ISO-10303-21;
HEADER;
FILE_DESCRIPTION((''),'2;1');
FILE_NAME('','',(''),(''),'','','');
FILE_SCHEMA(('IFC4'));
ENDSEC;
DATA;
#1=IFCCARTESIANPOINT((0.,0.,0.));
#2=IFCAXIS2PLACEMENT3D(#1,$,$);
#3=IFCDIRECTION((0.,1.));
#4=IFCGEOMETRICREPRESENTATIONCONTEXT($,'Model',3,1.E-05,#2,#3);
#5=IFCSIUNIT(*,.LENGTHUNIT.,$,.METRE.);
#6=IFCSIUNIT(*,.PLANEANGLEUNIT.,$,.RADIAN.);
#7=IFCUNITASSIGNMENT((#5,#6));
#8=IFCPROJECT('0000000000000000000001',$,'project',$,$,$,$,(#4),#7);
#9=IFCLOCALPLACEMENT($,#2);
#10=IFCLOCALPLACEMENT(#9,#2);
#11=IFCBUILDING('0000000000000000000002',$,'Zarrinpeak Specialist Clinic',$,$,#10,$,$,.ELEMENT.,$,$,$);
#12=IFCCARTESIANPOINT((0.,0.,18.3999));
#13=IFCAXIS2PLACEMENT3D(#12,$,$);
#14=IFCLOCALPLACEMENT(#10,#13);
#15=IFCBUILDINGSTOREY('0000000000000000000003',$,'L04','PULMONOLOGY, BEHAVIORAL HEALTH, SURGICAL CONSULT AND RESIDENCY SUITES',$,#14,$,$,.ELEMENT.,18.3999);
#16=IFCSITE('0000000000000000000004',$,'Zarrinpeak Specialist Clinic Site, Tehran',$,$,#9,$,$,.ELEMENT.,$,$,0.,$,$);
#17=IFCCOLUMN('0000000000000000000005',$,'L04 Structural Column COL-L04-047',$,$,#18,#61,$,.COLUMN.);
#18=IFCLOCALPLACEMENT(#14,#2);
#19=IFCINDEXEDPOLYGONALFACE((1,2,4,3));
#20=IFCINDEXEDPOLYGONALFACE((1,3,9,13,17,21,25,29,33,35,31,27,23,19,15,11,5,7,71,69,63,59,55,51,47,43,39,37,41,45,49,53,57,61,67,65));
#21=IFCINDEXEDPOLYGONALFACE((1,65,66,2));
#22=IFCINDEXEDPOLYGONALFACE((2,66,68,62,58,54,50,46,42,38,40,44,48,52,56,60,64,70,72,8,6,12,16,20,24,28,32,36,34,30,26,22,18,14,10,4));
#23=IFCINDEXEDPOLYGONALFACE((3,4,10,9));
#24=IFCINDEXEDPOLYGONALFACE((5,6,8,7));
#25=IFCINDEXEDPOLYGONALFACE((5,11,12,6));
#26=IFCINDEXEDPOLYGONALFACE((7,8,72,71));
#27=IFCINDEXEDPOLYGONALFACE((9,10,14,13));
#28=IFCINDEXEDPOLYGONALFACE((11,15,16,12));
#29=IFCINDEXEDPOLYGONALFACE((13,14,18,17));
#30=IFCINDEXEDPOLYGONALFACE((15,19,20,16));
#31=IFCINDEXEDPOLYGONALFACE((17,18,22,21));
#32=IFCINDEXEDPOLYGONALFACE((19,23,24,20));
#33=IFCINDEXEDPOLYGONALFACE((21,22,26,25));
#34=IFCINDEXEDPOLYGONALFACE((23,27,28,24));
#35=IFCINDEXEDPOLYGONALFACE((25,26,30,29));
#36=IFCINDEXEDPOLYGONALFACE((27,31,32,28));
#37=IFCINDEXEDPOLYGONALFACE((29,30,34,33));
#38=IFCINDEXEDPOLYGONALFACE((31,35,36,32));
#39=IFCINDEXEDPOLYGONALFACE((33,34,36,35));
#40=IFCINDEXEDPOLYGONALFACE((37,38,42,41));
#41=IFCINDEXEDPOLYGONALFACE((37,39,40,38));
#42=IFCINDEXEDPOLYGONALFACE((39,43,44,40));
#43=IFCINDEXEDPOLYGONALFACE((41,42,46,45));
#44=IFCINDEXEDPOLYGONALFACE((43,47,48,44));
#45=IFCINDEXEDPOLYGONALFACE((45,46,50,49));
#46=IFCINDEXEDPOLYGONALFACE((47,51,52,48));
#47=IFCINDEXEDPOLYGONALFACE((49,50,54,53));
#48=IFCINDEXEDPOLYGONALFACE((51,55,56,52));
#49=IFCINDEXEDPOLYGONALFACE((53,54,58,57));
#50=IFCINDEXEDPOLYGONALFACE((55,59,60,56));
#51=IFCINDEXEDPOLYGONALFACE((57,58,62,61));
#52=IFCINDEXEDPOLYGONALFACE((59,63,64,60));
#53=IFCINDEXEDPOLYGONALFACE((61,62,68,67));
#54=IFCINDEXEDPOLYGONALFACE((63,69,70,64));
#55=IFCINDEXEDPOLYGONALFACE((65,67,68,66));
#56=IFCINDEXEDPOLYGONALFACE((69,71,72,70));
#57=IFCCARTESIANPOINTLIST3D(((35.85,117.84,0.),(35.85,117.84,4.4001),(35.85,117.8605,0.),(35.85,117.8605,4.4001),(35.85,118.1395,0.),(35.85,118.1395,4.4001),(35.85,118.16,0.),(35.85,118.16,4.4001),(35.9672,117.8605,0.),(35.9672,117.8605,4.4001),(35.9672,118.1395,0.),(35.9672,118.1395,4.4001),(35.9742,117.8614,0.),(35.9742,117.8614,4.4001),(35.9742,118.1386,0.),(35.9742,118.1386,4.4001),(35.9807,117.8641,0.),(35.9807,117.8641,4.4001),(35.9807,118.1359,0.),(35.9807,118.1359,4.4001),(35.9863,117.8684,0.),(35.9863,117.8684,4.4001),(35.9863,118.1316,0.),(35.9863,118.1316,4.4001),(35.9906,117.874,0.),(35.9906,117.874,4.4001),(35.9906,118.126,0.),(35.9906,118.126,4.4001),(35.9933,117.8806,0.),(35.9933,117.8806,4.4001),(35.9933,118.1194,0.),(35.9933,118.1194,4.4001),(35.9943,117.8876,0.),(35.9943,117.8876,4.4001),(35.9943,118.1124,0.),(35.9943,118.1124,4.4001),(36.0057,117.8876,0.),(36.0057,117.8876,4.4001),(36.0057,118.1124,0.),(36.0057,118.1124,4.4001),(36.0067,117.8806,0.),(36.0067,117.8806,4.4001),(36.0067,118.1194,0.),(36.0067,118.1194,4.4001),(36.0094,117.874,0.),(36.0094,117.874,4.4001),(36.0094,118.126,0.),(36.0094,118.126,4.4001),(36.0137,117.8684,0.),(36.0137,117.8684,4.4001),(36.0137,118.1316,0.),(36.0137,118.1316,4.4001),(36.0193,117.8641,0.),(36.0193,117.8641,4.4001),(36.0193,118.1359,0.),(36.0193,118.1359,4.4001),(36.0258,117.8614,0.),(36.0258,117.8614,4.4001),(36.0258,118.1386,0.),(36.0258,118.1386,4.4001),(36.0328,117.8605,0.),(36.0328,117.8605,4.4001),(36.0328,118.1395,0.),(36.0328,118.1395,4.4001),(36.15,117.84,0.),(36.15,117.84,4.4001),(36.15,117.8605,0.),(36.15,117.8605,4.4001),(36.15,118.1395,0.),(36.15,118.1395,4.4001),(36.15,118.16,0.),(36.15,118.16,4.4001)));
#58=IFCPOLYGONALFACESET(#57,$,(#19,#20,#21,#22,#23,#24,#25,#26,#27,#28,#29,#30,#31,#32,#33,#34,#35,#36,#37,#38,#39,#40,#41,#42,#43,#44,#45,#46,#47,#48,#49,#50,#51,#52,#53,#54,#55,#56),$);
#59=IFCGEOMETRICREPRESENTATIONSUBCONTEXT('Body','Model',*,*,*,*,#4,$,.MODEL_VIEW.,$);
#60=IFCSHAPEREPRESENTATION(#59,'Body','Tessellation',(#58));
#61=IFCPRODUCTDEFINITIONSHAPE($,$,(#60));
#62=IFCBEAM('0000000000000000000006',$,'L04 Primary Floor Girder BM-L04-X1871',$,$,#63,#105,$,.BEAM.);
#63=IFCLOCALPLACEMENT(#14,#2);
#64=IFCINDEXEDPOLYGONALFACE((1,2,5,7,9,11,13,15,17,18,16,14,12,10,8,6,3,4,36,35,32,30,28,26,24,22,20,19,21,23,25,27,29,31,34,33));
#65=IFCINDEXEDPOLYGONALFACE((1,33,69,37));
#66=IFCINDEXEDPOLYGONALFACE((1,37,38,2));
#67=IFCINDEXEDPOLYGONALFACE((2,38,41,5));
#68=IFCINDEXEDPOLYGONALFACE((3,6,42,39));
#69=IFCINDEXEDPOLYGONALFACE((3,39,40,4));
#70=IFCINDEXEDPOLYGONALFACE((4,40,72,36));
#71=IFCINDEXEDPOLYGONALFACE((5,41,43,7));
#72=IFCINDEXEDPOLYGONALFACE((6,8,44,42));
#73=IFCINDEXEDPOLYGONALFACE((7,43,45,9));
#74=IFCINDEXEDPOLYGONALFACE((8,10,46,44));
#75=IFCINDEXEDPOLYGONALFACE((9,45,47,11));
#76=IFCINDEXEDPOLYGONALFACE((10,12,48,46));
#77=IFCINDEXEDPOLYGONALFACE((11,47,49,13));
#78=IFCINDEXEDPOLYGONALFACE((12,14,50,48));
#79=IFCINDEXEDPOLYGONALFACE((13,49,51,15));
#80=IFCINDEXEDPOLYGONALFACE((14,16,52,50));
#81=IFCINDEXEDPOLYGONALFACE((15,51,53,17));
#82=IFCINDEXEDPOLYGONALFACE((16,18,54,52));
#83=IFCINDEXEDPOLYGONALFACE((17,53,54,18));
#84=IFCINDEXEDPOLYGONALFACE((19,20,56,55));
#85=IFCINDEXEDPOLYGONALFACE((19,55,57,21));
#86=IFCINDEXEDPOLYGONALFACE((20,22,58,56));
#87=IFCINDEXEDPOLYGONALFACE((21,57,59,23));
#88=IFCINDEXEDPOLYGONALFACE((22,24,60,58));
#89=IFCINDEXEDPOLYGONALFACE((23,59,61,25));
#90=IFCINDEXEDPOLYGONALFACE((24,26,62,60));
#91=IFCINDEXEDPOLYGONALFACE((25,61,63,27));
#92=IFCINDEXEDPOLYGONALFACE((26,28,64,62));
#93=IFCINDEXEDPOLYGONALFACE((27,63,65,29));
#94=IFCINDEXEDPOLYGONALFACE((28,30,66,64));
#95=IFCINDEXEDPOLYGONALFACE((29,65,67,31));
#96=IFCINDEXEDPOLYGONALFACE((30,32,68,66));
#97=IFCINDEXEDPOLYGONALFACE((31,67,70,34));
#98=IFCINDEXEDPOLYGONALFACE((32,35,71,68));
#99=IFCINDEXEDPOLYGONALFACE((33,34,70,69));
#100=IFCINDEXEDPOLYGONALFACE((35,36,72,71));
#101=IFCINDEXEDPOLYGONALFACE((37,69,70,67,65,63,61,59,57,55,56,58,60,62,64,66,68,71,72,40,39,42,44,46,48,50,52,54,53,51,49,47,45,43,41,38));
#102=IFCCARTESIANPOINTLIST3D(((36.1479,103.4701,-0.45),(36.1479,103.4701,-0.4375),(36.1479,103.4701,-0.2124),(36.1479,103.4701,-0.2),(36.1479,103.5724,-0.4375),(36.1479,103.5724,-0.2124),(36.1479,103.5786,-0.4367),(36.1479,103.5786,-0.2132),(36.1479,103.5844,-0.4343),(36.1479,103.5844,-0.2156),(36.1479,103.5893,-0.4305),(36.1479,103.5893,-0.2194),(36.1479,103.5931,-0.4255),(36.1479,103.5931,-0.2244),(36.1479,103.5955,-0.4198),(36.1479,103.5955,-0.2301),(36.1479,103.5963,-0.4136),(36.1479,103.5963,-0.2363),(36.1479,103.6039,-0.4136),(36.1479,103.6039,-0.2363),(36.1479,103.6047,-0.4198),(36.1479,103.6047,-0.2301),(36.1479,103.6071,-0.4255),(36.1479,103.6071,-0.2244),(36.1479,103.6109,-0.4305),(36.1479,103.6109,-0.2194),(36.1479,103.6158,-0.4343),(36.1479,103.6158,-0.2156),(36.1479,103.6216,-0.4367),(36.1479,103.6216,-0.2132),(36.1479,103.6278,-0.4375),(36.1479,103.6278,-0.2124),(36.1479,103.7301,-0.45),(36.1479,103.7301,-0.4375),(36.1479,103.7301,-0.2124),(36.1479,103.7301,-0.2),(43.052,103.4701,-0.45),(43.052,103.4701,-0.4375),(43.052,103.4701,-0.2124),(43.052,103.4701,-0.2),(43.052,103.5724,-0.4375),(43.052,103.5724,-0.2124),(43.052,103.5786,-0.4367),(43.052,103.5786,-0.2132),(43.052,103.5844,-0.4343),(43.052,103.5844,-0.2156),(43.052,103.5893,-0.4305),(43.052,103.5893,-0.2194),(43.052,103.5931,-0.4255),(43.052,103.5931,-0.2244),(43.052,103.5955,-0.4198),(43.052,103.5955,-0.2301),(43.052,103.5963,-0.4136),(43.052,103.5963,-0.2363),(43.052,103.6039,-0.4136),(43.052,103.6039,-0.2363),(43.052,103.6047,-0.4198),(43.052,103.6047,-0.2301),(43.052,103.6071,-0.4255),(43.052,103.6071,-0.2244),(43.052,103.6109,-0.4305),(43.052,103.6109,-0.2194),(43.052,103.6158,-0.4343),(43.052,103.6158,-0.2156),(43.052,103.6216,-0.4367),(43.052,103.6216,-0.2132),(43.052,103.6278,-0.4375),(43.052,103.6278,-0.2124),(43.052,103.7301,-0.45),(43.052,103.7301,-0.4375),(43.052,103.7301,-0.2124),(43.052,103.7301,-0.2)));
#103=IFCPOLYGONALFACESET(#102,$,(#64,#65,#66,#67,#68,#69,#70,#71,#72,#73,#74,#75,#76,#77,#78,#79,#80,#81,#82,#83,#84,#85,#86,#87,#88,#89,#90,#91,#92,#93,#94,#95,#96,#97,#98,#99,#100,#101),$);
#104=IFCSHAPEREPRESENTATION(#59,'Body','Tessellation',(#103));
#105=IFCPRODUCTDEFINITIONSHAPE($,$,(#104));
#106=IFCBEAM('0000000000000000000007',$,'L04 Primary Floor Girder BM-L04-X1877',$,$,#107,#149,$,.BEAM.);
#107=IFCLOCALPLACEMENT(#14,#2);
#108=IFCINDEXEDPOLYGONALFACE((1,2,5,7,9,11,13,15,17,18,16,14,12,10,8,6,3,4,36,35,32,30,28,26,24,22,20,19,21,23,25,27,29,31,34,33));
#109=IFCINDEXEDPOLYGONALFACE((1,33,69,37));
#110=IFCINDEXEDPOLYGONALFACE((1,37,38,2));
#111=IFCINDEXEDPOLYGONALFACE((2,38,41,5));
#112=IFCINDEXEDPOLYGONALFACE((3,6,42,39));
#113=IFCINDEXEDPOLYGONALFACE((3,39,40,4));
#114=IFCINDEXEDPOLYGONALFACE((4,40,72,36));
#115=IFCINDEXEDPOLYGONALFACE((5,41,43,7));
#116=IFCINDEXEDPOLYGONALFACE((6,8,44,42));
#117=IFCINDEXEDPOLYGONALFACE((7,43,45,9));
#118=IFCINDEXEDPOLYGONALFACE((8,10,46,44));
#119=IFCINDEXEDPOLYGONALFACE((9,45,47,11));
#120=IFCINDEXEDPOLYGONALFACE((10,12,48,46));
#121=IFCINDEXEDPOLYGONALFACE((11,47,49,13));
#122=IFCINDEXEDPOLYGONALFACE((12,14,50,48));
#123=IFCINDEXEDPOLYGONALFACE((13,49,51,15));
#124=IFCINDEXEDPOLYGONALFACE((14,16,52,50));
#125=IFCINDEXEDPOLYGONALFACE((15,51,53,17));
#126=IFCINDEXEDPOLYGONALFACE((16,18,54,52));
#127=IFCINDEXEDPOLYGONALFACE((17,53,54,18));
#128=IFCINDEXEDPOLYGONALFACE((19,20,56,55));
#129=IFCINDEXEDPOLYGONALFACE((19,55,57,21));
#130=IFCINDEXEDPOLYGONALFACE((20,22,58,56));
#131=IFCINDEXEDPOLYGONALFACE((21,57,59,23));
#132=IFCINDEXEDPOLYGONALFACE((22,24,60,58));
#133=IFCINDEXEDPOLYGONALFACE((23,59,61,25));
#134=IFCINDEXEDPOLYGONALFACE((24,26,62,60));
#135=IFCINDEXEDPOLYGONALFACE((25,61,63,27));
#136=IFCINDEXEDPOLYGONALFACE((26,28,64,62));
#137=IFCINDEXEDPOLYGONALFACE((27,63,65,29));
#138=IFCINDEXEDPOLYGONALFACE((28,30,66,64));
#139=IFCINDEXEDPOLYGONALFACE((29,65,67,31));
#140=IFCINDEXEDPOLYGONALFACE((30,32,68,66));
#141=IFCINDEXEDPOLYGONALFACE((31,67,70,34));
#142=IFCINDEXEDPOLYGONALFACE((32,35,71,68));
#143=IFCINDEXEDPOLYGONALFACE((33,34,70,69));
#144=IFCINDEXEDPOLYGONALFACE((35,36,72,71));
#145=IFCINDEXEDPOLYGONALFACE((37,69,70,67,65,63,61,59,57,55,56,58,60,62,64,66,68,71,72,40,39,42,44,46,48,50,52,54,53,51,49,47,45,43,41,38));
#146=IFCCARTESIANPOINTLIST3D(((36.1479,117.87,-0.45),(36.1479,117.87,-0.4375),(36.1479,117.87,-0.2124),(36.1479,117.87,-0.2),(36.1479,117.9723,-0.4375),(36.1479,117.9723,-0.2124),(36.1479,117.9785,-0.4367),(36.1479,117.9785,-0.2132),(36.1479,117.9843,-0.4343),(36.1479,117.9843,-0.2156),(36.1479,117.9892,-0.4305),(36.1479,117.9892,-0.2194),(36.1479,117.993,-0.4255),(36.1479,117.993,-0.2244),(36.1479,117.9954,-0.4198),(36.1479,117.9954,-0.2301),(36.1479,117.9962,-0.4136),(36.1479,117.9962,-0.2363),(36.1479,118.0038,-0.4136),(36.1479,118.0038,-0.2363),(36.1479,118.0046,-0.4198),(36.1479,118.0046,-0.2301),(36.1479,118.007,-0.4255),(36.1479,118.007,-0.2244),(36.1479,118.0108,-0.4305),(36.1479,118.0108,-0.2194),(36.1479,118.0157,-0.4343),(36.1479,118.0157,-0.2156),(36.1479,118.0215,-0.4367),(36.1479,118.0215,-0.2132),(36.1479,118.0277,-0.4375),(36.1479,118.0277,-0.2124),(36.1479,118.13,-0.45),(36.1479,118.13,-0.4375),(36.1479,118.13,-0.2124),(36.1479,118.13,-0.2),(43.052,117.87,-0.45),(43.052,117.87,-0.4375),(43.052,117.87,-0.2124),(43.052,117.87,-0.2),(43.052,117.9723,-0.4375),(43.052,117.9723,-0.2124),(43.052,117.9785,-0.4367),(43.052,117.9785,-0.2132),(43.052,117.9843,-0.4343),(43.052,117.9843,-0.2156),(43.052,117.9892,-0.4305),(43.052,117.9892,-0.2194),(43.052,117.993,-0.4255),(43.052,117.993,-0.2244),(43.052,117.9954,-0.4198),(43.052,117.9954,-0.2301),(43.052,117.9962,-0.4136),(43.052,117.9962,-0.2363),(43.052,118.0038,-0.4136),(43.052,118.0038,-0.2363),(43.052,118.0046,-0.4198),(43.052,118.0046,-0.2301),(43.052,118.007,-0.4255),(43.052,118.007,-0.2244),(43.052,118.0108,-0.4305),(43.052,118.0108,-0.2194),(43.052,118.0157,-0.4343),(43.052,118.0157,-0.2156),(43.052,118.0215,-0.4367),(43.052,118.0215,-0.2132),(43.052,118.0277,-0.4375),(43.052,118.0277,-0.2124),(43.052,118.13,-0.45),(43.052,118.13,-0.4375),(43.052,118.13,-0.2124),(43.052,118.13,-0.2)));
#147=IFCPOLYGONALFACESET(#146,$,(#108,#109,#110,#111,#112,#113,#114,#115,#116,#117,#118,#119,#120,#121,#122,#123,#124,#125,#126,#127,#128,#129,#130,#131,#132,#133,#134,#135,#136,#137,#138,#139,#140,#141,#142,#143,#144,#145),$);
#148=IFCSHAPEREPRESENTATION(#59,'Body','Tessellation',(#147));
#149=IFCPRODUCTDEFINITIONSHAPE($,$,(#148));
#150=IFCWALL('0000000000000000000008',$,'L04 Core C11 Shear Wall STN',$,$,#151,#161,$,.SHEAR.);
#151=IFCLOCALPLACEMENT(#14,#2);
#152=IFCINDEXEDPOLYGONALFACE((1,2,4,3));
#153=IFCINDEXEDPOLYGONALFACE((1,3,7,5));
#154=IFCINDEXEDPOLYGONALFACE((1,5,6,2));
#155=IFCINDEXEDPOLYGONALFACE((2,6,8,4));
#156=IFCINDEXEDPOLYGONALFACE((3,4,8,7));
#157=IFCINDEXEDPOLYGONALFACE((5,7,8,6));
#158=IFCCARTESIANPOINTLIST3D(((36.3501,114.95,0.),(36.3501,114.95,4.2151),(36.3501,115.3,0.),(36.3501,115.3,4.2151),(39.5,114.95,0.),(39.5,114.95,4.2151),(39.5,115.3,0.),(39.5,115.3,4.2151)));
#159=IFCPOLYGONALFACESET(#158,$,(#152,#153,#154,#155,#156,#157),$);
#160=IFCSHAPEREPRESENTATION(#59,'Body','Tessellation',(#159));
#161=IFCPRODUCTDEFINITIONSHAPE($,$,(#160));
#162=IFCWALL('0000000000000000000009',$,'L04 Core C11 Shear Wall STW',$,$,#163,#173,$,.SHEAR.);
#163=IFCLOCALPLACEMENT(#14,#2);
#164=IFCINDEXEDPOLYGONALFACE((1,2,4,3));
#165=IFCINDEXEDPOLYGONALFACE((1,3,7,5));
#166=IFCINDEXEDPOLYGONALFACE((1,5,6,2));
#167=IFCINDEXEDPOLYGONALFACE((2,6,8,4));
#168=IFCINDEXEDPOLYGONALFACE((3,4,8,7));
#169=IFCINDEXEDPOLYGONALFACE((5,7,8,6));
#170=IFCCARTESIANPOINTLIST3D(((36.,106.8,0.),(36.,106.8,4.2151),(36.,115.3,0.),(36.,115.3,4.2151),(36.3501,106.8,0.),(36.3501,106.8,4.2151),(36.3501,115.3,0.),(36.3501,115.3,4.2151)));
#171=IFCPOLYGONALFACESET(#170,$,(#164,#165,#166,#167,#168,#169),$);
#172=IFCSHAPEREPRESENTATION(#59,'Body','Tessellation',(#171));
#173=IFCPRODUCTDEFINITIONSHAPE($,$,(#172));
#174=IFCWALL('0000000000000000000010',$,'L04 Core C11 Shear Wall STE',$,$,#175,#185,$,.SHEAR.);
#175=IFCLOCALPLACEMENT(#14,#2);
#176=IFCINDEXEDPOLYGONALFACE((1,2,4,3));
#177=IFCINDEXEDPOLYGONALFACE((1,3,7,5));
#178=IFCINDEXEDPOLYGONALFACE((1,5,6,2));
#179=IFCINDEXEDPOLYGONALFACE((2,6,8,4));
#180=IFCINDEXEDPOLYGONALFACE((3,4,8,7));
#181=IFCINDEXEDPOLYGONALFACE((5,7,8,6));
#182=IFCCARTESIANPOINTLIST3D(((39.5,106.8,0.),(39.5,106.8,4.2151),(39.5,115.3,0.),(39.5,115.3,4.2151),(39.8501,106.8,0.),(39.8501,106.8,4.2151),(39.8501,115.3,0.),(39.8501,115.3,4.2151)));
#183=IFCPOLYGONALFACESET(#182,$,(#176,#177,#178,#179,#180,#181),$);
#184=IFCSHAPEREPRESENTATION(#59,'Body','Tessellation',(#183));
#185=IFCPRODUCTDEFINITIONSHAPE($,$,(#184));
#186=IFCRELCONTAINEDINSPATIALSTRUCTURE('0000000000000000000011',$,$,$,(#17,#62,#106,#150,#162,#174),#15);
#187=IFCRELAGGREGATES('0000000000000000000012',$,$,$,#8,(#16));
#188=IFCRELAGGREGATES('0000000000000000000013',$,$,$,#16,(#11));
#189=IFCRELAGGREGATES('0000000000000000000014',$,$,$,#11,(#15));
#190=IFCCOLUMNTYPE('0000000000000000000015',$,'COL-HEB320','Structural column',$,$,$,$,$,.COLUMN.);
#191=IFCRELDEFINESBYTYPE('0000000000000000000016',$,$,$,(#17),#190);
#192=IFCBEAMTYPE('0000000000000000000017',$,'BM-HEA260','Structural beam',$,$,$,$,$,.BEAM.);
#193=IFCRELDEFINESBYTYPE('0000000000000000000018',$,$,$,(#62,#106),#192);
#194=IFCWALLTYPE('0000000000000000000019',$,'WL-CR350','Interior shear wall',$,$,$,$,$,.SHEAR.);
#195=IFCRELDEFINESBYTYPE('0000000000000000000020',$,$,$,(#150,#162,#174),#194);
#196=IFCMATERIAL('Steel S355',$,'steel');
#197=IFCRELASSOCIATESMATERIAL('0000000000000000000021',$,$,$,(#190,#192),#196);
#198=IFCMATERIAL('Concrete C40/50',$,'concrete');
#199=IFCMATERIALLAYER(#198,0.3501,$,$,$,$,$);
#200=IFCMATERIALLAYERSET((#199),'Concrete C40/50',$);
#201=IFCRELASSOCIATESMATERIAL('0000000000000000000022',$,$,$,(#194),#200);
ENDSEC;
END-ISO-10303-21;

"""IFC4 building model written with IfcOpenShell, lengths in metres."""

from ifc_helpers import new_model, si_unit, direction, frame, frame_2d, origin, origin_2d, place, context, subcontext, project, spatial, rectangle, i_section, extrude, material, layer, layer_set, material_profile, profile_set, type_object, element, save


model = new_model("IFC4")

# Units and contexts
model_context = context("Model", 3, precision=1e-05, world=origin(), true_north=direction((0.0, 1.0)))
body_context = subcontext(model_context, "Body", "Model", "MODEL_VIEW")
ifc_project = project(units=[si_unit("LENGTHUNIT", "METRE"), si_unit("PLANEANGLEUNIT", "RADIAN")], contexts=[model_context])

# Site, building, storey
site_placement = place(None, origin())
site = spatial("IfcSite", under=ifc_project, at=site_placement, Name="Zarrinpeak Specialist Clinic Site, Tehran", CompositionType="ELEMENT", RefElevation=0.0)
building_placement = place(site_placement, origin())
building = spatial("IfcBuilding", under=site, at=building_placement, Name="Zarrinpeak Specialist Clinic", CompositionType="ELEMENT")
storey_placement = place(building_placement, frame((0.0, 0.0, 18.3999)))
storey = spatial("IfcBuildingStorey", under=building, at=storey_placement, Name="L04", Description="PULMONOLOGY, BEHAVIORAL HEALTH, SURGICAL CONSULT AND RESIDENCY SUITES", CompositionType="ELEMENT", Elevation=18.3999)

# Column
ifc_material_1 = material(Name="Steel S355", Category="steel")
ifc_material_profile_1 = material_profile(ifc_material_1, i_section(OverallWidth=0.3, OverallDepth=0.3201, WebThickness=0.0115, FlangeThickness=0.0205, FilletRadius=0.0271, at=origin_2d()), Name="HEB 320")
ifc_profile_set_1 = profile_set([ifc_material_profile_1], Name="Steel S355")
column_type = type_object("IfcColumnType", Name="COL-HEB320", Description="Structural column", PredefinedType="COLUMN", material=ifc_profile_set_1)
column_placement = place(storey_placement, frame((36.0, 118.0, 0.0), z_axis=(0.0, 0.0, 1.0), x_axis=(1.0, 0.0, 0.0)))
element("IfcColumn", 1, at=column_placement, inside=storey, type_object=column_type, Name="L04 Structural Column COL-L04-047", PredefinedType="COLUMN", context=body_context, shape_type="SweptSolid", body=[
    extrude(i_section(OverallWidth=0.3, OverallDepth=0.3201, WebThickness=0.0115, FlangeThickness=0.0205, FilletRadius=0.0271, at=origin_2d()), origin(), (0.0, 0.0, 1.0), 4.4001),
])

# Beams
ifc_material_profile_2 = material_profile(ifc_material_1, i_section(OverallWidth=0.26, OverallDepth=0.25, WebThickness=0.0076, FlangeThickness=0.0125, FilletRadius=0.0239, at=origin_2d()), Name="HEA 260")
ifc_profile_set_2 = profile_set([ifc_material_profile_2], Name="Steel S355")
beam_type = type_object("IfcBeamType", Name="BM-HEA260", Description="Structural beam", PredefinedType="BEAM", material=ifc_profile_set_2)
for number, where, z_axis, x_axis, name in (
    (2, (36.1479, 103.6001, -0.325), (1.0, 0.0, 0.0), (0.0, 1.0, 0.0), "L04 Primary Floor Girder BM-L04-X1871"),
    (3, (36.1479, 118.0, -0.325), (1.0, 0.0, 0.0), (0.0, 1.0, 0.0), "L04 Primary Floor Girder BM-L04-X1877"),
):
    element("IfcBeam", number, at=place(storey_placement, frame(where, z_axis=z_axis, x_axis=x_axis)), inside=storey, type_object=beam_type, Name=name, PredefinedType="BEAM", context=body_context, shape_type="SweptSolid", body=[
        extrude(i_section(OverallWidth=0.26, OverallDepth=0.25, WebThickness=0.0076, FlangeThickness=0.0125, FilletRadius=0.0239, at=origin_2d()), origin(), (0.0, 0.0, 1.0), 6.9041),
    ])

# Shared definitions
ifc_material_2 = material(Name="Concrete C40/50", Category="concrete")
ifc_layer_1 = layer(ifc_material_2, 0.3501)
ifc_layer_set_1 = layer_set([ifc_layer_1], Name="Concrete C40/50")
wall_type_1 = type_object("IfcWallType", Name="WL-CR350", Description="Interior shear wall", PredefinedType="SHEAR", material=ifc_layer_set_1)

# Walls
wall_1_placement = place(storey_placement, frame((36.3501, 115.125, 0.0), z_axis=(0.0, 0.0, 1.0), x_axis=(1.0, 0.0, 0.0)))
element("IfcWall", 4, at=wall_1_placement, inside=storey, type_object=wall_type_1, Name="L04 Core C11 Shear Wall STN", PredefinedType="SHEAR", context=body_context, shape_type="SweptSolid", body=[
    extrude(rectangle(XDim=3.1499, YDim=0.3501, at=frame_2d((1.575, 0.0))), origin(), (0.0, 0.0, 1.0), 4.2151),
])
for number, where, z_axis, x_axis, name in (
    (5, (36.175, 106.8, 0.0), (0.0, 0.0, 1.0), (0.0, 1.0, 0.0), "L04 Core C11 Shear Wall STW"),
    (6, (39.675, 106.8, 0.0), (0.0, 0.0, 1.0), (0.0, 1.0, 0.0), "L04 Core C11 Shear Wall STE"),
):
    element("IfcWall", number, at=place(storey_placement, frame(where, z_axis=z_axis, x_axis=x_axis)), inside=storey, type_object=wall_type_1, Name=name, PredefinedType="SHEAR", context=body_context, shape_type="SweptSolid", body=[
        extrude(rectangle(XDim=8.5, YDim=0.3501, at=frame_2d((4.25, 0.0))), origin(), (0.0, 0.0, 1.0), 4.2151),
    ])

save(model, "model.ifc")
